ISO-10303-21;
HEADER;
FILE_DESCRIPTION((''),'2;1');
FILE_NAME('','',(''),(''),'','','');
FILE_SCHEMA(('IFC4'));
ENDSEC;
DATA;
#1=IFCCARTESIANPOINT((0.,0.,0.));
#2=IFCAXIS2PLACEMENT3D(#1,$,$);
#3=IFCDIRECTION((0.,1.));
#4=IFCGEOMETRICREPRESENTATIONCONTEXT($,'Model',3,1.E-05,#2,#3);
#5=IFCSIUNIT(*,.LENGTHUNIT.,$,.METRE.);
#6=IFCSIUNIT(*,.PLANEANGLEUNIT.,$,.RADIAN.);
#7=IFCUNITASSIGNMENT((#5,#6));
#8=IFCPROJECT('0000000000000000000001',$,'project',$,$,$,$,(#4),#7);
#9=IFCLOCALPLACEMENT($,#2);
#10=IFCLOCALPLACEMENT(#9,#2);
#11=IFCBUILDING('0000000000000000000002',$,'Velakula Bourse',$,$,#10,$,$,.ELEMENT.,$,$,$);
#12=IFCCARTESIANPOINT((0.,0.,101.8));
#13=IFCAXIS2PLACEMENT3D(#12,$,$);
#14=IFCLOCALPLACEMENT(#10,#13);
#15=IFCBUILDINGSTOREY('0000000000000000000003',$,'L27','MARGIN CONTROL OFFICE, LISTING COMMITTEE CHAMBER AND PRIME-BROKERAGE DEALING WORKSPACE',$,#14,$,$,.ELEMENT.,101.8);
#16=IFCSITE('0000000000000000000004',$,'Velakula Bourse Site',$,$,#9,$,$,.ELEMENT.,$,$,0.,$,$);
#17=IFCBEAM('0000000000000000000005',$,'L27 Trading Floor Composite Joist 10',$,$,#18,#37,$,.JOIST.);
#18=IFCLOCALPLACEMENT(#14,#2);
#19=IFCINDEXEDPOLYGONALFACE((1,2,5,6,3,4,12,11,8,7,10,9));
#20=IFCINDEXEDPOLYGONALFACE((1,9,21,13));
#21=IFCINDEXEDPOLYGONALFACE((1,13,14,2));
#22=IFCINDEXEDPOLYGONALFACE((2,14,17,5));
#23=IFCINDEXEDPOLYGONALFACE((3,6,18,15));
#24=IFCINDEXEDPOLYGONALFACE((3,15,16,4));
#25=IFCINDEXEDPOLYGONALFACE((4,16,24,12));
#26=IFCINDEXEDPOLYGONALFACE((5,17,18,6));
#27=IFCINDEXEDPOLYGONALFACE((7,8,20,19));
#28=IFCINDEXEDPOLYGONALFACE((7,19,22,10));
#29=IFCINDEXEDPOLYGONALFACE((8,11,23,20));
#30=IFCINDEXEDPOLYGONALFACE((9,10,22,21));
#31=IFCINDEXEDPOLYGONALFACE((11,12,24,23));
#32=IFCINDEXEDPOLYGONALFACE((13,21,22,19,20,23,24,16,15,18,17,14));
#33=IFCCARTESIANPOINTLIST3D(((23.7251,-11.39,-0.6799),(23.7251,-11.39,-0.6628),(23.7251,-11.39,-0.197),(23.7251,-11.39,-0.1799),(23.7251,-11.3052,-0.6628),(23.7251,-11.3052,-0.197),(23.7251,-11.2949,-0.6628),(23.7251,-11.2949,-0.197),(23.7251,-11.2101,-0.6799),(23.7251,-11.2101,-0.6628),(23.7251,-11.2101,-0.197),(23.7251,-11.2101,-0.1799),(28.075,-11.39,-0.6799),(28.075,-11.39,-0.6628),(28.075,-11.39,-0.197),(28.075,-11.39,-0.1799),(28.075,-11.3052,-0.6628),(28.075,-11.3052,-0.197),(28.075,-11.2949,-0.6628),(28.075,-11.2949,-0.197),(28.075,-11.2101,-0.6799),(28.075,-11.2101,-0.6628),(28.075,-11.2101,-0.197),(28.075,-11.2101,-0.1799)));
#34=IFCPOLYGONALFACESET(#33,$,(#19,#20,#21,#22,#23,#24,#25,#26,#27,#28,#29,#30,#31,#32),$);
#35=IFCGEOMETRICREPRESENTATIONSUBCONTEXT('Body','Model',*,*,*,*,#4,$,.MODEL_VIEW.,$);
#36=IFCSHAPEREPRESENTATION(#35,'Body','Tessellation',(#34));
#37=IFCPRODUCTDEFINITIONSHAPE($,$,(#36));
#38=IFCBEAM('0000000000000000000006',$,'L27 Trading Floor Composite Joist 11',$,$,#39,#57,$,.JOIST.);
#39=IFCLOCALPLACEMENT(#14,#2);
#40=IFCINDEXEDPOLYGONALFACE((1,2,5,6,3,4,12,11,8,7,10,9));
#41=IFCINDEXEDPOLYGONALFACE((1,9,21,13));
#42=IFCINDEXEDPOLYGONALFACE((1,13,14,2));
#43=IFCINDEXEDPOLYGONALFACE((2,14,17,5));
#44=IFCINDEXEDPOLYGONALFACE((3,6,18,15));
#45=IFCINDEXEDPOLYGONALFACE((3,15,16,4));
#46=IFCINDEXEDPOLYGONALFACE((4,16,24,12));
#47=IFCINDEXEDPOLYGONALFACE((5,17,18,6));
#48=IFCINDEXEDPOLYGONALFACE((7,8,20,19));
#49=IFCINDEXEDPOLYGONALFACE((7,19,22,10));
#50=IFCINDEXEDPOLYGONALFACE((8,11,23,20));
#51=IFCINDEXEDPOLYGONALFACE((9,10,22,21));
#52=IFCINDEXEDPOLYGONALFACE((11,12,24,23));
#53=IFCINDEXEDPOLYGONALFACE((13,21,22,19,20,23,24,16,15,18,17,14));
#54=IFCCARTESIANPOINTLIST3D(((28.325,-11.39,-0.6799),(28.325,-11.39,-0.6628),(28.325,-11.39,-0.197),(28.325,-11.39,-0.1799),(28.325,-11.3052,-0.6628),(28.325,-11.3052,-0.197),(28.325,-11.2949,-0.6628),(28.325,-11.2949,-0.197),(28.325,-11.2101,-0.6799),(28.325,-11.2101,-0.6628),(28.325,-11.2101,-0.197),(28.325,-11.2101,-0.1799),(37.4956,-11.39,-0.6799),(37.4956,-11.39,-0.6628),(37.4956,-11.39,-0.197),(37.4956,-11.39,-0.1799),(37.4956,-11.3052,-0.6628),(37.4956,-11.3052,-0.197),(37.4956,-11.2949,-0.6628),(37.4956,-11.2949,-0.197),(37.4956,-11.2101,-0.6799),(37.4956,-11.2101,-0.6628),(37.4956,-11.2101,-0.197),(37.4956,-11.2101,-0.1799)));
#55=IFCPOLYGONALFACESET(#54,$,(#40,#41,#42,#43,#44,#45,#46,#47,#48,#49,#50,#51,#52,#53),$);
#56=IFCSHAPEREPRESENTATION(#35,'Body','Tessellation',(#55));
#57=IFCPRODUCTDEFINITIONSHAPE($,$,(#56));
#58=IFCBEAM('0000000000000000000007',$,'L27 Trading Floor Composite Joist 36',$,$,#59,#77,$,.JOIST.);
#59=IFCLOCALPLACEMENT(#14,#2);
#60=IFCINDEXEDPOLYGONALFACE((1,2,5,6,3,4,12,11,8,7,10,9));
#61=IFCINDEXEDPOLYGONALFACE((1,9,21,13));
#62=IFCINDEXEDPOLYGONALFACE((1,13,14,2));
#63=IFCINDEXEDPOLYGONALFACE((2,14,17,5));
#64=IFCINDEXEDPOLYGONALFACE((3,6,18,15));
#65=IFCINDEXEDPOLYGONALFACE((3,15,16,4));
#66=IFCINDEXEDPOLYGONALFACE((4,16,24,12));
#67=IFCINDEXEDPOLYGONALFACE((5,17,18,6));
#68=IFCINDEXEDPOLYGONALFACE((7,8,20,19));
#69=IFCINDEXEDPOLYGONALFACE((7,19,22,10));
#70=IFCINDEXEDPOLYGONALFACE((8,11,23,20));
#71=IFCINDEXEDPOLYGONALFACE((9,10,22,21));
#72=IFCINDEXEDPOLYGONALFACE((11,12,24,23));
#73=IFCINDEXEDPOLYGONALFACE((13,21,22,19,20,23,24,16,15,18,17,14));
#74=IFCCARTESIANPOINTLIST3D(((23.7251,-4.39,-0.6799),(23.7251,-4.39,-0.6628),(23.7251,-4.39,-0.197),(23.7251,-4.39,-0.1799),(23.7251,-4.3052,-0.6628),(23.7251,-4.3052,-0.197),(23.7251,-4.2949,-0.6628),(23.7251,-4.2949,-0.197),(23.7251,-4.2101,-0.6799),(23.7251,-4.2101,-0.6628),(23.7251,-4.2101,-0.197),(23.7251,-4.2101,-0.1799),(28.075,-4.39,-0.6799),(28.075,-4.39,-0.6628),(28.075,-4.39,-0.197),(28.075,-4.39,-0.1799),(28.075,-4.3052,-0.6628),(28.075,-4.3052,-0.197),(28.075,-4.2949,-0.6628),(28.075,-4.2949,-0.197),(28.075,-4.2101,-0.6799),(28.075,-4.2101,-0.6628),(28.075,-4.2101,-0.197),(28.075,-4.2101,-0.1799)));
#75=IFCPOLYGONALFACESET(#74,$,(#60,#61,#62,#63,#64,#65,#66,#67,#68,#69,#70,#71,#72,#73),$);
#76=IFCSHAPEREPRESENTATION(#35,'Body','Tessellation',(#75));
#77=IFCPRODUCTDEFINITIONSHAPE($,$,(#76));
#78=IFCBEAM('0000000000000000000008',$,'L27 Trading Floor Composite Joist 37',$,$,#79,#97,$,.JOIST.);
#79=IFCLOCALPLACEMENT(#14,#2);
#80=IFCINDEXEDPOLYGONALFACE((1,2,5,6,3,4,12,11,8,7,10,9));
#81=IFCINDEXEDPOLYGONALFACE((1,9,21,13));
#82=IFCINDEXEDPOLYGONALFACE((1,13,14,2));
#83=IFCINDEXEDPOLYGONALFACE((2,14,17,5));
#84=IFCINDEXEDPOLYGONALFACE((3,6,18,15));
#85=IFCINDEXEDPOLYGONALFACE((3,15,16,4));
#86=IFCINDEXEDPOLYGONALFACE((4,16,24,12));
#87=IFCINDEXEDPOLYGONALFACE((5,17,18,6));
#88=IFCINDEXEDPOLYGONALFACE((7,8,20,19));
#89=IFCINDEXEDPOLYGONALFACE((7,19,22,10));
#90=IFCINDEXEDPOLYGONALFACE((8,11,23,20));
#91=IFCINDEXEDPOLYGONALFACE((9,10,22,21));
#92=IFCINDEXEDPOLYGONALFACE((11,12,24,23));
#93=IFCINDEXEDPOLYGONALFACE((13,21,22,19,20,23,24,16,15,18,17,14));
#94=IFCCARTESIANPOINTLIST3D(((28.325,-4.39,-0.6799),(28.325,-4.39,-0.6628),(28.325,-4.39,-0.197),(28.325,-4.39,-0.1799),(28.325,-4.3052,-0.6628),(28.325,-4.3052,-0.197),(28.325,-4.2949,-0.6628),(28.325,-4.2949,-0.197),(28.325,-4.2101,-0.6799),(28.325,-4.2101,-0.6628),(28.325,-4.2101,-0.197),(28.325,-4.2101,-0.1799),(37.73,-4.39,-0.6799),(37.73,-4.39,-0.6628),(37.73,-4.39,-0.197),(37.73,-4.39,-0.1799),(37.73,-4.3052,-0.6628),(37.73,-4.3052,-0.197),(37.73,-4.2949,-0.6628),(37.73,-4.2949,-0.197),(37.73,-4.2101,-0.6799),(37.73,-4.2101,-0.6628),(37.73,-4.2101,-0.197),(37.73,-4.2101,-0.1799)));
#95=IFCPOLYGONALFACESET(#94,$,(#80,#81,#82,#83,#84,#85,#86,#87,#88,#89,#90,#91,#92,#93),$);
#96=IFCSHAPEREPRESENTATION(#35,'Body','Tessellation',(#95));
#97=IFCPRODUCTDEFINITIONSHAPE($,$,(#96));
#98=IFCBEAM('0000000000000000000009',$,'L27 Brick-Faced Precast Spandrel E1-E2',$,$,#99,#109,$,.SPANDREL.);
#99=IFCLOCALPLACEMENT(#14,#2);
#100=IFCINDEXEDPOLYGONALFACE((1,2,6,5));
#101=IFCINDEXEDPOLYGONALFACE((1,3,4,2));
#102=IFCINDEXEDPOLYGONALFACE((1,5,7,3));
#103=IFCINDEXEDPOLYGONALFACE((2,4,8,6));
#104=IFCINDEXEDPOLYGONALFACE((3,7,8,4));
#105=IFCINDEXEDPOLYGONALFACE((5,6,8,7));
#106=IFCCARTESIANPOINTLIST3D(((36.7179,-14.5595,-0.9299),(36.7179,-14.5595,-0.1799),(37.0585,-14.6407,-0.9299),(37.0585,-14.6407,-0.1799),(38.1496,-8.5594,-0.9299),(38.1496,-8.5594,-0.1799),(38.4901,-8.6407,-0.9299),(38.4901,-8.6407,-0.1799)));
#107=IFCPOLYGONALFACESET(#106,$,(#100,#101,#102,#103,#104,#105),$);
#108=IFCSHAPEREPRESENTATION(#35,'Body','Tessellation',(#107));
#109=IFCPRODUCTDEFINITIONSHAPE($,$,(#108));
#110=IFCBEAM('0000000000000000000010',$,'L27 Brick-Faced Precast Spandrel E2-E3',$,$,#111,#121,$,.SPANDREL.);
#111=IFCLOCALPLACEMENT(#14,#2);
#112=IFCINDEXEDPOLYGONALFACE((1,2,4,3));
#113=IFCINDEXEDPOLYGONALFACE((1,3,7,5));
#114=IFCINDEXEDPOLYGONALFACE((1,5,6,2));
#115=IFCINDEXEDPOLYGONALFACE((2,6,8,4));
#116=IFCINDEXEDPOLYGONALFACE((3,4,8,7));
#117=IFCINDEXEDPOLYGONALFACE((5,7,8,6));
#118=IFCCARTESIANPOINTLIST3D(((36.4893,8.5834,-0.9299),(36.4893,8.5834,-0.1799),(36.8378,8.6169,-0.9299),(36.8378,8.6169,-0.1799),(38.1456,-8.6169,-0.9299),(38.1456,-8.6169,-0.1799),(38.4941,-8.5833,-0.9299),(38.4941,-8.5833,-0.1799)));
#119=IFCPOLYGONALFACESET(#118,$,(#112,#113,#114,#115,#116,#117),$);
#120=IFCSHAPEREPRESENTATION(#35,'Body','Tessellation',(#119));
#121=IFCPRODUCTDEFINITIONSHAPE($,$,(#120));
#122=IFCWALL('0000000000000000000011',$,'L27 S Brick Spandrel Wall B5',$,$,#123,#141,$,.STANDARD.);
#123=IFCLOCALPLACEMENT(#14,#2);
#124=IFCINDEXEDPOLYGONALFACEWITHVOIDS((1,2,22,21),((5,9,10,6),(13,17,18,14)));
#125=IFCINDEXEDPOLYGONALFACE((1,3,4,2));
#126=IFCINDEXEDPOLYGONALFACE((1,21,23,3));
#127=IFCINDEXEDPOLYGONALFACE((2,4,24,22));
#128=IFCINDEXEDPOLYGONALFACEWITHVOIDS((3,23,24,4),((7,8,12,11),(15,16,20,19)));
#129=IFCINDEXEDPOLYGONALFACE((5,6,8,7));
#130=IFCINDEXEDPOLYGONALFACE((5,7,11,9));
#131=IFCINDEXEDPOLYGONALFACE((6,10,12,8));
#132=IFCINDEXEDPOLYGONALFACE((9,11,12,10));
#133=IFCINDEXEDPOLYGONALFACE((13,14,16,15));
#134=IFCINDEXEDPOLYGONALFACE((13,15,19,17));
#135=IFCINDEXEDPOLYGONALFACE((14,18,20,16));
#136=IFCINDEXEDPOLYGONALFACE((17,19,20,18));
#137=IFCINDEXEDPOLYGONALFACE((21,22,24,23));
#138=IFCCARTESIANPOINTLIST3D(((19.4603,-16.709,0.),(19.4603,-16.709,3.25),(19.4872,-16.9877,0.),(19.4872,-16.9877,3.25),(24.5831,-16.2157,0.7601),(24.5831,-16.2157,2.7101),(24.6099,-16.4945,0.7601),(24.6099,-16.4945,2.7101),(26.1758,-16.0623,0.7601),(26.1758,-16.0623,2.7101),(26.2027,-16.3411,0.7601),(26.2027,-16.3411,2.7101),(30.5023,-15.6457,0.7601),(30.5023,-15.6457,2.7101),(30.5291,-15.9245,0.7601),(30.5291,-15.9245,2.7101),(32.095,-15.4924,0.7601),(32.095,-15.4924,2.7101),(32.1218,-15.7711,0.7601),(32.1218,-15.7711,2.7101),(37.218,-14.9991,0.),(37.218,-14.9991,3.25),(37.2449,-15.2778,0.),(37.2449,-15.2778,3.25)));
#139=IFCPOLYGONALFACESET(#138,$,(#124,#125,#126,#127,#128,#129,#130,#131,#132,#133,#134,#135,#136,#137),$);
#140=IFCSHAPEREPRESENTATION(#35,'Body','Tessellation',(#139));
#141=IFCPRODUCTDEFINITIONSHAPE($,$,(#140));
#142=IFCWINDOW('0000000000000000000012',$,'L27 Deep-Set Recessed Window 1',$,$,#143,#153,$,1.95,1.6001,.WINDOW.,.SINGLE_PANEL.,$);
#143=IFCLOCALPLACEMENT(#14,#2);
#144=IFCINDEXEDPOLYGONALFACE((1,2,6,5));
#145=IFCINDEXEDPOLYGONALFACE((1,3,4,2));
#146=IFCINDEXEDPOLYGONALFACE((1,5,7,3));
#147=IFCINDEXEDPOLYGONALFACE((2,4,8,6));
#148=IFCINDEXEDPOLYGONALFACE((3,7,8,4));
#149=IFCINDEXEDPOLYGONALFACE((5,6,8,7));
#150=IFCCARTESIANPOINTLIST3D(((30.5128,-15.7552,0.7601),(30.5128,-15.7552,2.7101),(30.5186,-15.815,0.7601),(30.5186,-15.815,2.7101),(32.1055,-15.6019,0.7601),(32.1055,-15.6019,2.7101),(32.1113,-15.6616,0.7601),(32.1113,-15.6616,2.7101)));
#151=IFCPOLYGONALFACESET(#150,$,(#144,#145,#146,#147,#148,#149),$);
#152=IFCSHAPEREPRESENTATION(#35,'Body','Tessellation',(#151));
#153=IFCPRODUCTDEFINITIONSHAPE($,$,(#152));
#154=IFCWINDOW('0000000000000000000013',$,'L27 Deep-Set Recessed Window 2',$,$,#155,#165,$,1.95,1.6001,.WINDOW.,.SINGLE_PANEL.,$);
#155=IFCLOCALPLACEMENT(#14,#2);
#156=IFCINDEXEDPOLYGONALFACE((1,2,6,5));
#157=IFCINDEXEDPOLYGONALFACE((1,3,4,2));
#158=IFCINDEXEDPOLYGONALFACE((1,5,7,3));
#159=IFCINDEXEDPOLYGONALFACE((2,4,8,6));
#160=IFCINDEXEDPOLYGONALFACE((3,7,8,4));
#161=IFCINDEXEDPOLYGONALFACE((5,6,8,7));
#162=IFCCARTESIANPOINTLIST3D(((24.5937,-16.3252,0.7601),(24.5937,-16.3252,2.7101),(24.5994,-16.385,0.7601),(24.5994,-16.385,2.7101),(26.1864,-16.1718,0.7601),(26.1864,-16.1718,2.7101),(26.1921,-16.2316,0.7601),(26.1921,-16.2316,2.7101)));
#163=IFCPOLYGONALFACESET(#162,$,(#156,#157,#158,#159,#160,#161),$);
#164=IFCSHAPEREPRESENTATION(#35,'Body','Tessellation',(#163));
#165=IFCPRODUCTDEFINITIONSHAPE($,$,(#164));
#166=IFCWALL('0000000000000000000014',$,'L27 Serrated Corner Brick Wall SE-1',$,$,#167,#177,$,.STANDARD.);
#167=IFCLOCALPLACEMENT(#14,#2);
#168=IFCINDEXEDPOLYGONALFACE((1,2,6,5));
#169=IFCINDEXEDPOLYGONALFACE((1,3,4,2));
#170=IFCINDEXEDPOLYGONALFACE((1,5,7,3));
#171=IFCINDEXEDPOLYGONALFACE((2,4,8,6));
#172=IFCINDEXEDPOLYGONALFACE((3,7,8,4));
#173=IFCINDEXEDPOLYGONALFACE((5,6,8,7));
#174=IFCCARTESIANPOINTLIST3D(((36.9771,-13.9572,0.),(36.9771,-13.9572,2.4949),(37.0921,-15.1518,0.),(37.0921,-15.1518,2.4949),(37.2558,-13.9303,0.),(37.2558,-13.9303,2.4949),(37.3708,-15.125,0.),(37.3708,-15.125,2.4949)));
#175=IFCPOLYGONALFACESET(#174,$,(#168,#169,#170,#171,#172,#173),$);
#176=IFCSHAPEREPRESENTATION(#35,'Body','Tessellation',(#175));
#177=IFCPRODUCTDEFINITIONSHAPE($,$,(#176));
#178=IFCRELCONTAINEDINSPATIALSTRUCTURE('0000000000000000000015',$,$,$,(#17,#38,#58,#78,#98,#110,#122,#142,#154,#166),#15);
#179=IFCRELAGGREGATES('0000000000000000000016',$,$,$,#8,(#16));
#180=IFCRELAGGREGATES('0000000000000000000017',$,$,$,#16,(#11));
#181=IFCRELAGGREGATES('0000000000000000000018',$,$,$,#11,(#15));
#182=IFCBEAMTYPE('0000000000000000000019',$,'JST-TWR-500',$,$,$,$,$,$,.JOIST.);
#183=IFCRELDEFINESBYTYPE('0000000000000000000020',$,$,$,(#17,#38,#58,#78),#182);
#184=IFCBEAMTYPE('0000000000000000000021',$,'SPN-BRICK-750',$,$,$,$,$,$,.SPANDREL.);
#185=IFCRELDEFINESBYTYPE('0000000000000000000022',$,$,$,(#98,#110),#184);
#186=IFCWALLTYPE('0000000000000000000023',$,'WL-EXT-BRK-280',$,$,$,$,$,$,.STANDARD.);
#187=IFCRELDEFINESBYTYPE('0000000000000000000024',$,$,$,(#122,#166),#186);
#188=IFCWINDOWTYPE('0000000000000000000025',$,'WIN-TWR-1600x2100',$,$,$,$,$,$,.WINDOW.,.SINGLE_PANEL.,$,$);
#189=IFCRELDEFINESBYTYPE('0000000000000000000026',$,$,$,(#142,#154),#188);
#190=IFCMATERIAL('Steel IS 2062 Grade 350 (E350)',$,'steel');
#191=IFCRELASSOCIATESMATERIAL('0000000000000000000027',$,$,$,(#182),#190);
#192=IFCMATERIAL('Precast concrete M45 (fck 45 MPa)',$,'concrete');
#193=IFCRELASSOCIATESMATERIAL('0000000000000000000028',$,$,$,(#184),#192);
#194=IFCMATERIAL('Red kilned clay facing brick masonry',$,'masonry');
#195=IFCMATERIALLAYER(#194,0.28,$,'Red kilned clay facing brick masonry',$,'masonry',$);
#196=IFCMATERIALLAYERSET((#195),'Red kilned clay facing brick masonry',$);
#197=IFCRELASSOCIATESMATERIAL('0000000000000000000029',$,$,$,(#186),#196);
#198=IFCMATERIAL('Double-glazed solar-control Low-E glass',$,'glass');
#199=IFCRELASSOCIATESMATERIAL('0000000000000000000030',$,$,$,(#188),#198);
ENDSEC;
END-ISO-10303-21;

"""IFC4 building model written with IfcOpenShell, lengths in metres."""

from ifc_helpers import new_model, si_unit, direction, frame, frame_2d, origin, origin_2d, place, context, subcontext, project, spatial, rectangle, i_section, extrude, material, layer, layer_set, material_profile, profile_set, type_object, element, fill, save


model = new_model("IFC4")

# Units and contexts
model_context = context("Model", 3, precision=1e-05, world=origin(), true_north=direction((0.0, 1.0)))
body_context = subcontext(model_context, "Body", "Model", "MODEL_VIEW")
ifc_project = project(units=[si_unit("LENGTHUNIT", "METRE"), si_unit("PLANEANGLEUNIT", "RADIAN")], contexts=[model_context])

# Site, building, storey
site_placement = place(None, origin())
site = spatial("IfcSite", under=ifc_project, at=site_placement, Name="Velakula Bourse Site", CompositionType="ELEMENT", RefElevation=0.0)
building_placement = place(site_placement, origin())
building = spatial("IfcBuilding", under=site, at=building_placement, Name="Velakula Bourse", CompositionType="ELEMENT")
storey_placement = place(building_placement, frame((0.0, 0.0, 101.8)))
storey = spatial("IfcBuildingStorey", under=building, at=storey_placement, Name="L27", Description="MARGIN CONTROL OFFICE, LISTING COMMITTEE CHAMBER AND PRIME-BROKERAGE DEALING WORKSPACE", CompositionType="ELEMENT", Elevation=101.8)

# Beams
ifc_material_1 = material(Name="Steel IS 2062 Grade 350 (E350)", Category="steel")
ifc_material_profile_1 = material_profile(ifc_material_1, i_section(OverallWidth=0.1799, OverallDepth=0.5, WebThickness=0.0103, FlangeThickness=0.0171, at=origin_2d()), Name="Steel IS 2062 Grade 350 (E350)")
ifc_profile_set_1 = profile_set([ifc_material_profile_1], Name="Steel IS 2062 Grade 350 (E350)")
beam_type_1 = type_object("IfcBeamType", Name="JST-TWR-500", PredefinedType="JOIST", material=ifc_profile_set_1)
beam_1_placement = place(storey_placement, frame((23.7251, -11.3, -0.4299), z_axis=(1.0, 0.0, 0.0), x_axis=(0.0, 1.0, 0.0)))
element("IfcBeam", 1, at=beam_1_placement, inside=storey, type_object=beam_type_1, Name="L27 Trading Floor Composite Joist 10", PredefinedType="JOIST", context=body_context, shape_type="SweptSolid", body=[
    extrude(i_section(OverallWidth=0.1799, OverallDepth=0.5, WebThickness=0.0103, FlangeThickness=0.0171, at=origin_2d()), origin(), (0.0, 0.0, 1.0), 4.3499),
])
beam_2_placement = place(storey_placement, frame((28.325, -11.3, -0.4299), z_axis=(1.0, 0.0, 0.0), x_axis=(0.0, 1.0, 0.0)))
element("IfcBeam", 2, at=beam_2_placement, inside=storey, type_object=beam_type_1, Name="L27 Trading Floor Composite Joist 11", PredefinedType="JOIST", context=body_context, shape_type="SweptSolid", body=[
    extrude(i_section(OverallWidth=0.1799, OverallDepth=0.5, WebThickness=0.0103, FlangeThickness=0.0171, at=origin_2d()), origin(), (0.0, 0.0, 1.0), 9.1707),
])
beam_3_placement = place(storey_placement, frame((23.7251, -4.3, -0.4299), z_axis=(1.0, 0.0, 0.0), x_axis=(0.0, 1.0, 0.0)))
element("IfcBeam", 3, at=beam_3_placement, inside=storey, type_object=beam_type_1, Name="L27 Trading Floor Composite Joist 36", PredefinedType="JOIST", context=body_context, shape_type="SweptSolid", body=[
    extrude(i_section(OverallWidth=0.1799, OverallDepth=0.5, WebThickness=0.0103, FlangeThickness=0.0171, at=origin_2d()), origin(), (0.0, 0.0, 1.0), 4.3499),
])
beam_4_placement = place(storey_placement, frame((28.325, -4.3, -0.4299), z_axis=(1.0, 0.0, 0.0), x_axis=(0.0, 1.0, 0.0)))
element("IfcBeam", 4, at=beam_4_placement, inside=storey, type_object=beam_type_1, Name="L27 Trading Floor Composite Joist 37", PredefinedType="JOIST", context=body_context, shape_type="SweptSolid", body=[
    extrude(i_section(OverallWidth=0.1799, OverallDepth=0.5, WebThickness=0.0103, FlangeThickness=0.0171, at=origin_2d()), origin(), (0.0, 0.0, 1.0), 9.405),
])
ifc_material_2 = material(Name="Precast concrete M45 (fck 45 MPa)", Category="concrete")
ifc_material_profile_2 = material_profile(ifc_material_2, rectangle(XDim=0.3501, YDim=0.75, at=origin_2d()), Name="Precast concrete M45 (fck 45 MPa)")
ifc_profile_set_2 = profile_set([ifc_material_profile_2], Name="Precast concrete M45 (fck 45 MPa)")
beam_type_2 = type_object("IfcBeamType", Name="SPN-BRICK-750", PredefinedType="SPANDREL", material=ifc_profile_set_2)
beam_5_placement = place(storey_placement, frame((36.8882, -14.6001, -0.5549), z_axis=(0.232091, 0.972694, 0.0), x_axis=(-0.972694, 0.232091, 0.0)))
element("IfcBeam", 5, at=beam_5_placement, inside=storey, type_object=beam_type_2, Name="L27 Brick-Faced Precast Spandrel E1-E2", PredefinedType="SPANDREL", context=body_context, shape_type="SweptSolid", body=[
    extrude(rectangle(XDim=0.3501, YDim=0.75, at=origin_2d()), origin(), (0.0, 0.0, 1.0), 6.1685),
])
beam_6_placement = place(storey_placement, frame((38.3198, -8.6001, -0.5549), z_axis=(-0.095849, 0.995396, 0.0), x_axis=(-0.995396, -0.095849, 0.0)))
element("IfcBeam", 6, at=beam_6_placement, inside=storey, type_object=beam_type_2, Name="L27 Brick-Faced Precast Spandrel E2-E3", PredefinedType="SPANDREL", context=body_context, shape_type="SweptSolid", body=[
    extrude(rectangle(XDim=0.3501, YDim=0.75, at=origin_2d()), origin(), (0.0, 0.0, 1.0), 17.2798),
])

# Wall, openings, windows
ifc_material_3 = material(Name="Red kilned clay facing brick masonry", Category="masonry")
ifc_layer_1 = layer(ifc_material_3, 0.28, Name="Red kilned clay facing brick masonry", Category="masonry")
ifc_layer_set_1 = layer_set([ifc_layer_1], Name="Red kilned clay facing brick masonry")
wall_type_1 = type_object("IfcWallType", Name="WL-EXT-BRK-280", PredefinedType="STANDARD", material=ifc_layer_set_1)
wall_1_placement = place(storey_placement, frame((37.2314, -15.1384, 0.0), z_axis=(0.0, 0.0, 1.0), x_axis=(-0.995396, -0.09585, 0.0)))
wall_1 = element("IfcWall", 7, at=wall_1_placement, inside=storey, type_object=wall_type_1, Name="L27 S Brick Spandrel Wall B5", PredefinedType="STANDARD", context=body_context, shape_type="SweptSolid", body=[
    extrude(rectangle(XDim=17.8398, YDim=0.28, at=frame_2d((8.9199, 0.0))), origin(), (0.0, 0.0, 1.0), 3.25),
])
opening_1_placement = place(wall_1_placement, frame((5.1467, 0.0, 0.76)))
opening_1 = element("IfcOpeningElement", 8, at=opening_1_placement, cuts=wall_1, PredefinedType="OPENING", context=body_context, shape_type="SweptSolid", body=[
    extrude(rectangle(XDim=1.6001, YDim=1.95, at=frame_2d((0.8, 0.9751))), frame((0.0, 0.1499, 0.0), z_axis=(0.0, -1.0, 0.0), x_axis=(1.0, 0.0, 0.0)), (0.0, 0.0, 1.0), 0.3),
])
opening_2_placement = place(wall_1_placement, frame((11.0933, 0.0, 0.76)))
opening_2 = element("IfcOpeningElement", 9, at=opening_2_placement, cuts=wall_1, PredefinedType="OPENING", context=body_context, shape_type="SweptSolid", body=[
    extrude(rectangle(XDim=1.6001, YDim=1.95, at=frame_2d((0.8, 0.9751))), frame((0.0, 0.1499, 0.0), z_axis=(0.0, -1.0, 0.0), x_axis=(1.0, 0.0, 0.0)), (0.0, 0.0, 1.0), 0.3),
])
ifc_material_4 = material(Name="Double-glazed solar-control Low-E glass", Category="glass")
window_type = type_object("IfcWindowType", Name="WIN-TWR-1600x2100", PartitioningType="SINGLE_PANEL", PredefinedType="WINDOW", material=ifc_material_4)
window_1_placement = place(opening_1_placement, origin())
window_1 = element("IfcWindow", 10, at=window_1_placement, inside=storey, type_object=window_type, Name="L27 Deep-Set Recessed Window 1", OverallHeight=1.95, OverallWidth=1.6001, PartitioningType="SINGLE_PANEL", PredefinedType="WINDOW", context=body_context, shape_type="SweptSolid", body=[
    extrude(rectangle(XDim=1.6001, YDim=1.95, at=frame_2d((0.8, 0.9751))), frame((0.0, 0.03, 0.0), z_axis=(0.0, -1.0, 0.0), x_axis=(1.0, 0.0, 0.0)), (0.0, 0.0, 1.0), 0.0601),
])
fill(opening_1, window_1)
window_2_placement = place(opening_2_placement, origin())
window_2 = element("IfcWindow", 11, at=window_2_placement, inside=storey, type_object=window_type, Name="L27 Deep-Set Recessed Window 2", OverallHeight=1.95, OverallWidth=1.6001, PartitioningType="SINGLE_PANEL", PredefinedType="WINDOW", context=body_context, shape_type="SweptSolid", body=[
    extrude(rectangle(XDim=1.6001, YDim=1.95, at=frame_2d((0.8, 0.9751))), frame((0.0, 0.03, 0.0), z_axis=(0.0, -1.0, 0.0), x_axis=(1.0, 0.0, 0.0)), (0.0, 0.0, 1.0), 0.0601),
])
fill(opening_2, window_2)

# Wall
for number, where, z_axis, x_axis, name in (
    (12, (37.2314, -15.1384, 0.0), (0.0, 0.0, 1.0), (-0.095817, 0.995399, 0.0), "L27 Serrated Corner Brick Wall SE-1"),
):
    element("IfcWall", number, at=place(storey_placement, frame(where, z_axis=z_axis, x_axis=x_axis)), inside=storey, type_object=wall_type_1, Name=name, PredefinedType="STANDARD", context=body_context, shape_type="SweptSolid", body=[
        extrude(rectangle(XDim=1.2002, YDim=0.28, at=frame_2d((0.6001, 0.0))), origin(), (0.0, 0.0, 1.0), 2.4949),
    ])

save(model, "model.ifc")
